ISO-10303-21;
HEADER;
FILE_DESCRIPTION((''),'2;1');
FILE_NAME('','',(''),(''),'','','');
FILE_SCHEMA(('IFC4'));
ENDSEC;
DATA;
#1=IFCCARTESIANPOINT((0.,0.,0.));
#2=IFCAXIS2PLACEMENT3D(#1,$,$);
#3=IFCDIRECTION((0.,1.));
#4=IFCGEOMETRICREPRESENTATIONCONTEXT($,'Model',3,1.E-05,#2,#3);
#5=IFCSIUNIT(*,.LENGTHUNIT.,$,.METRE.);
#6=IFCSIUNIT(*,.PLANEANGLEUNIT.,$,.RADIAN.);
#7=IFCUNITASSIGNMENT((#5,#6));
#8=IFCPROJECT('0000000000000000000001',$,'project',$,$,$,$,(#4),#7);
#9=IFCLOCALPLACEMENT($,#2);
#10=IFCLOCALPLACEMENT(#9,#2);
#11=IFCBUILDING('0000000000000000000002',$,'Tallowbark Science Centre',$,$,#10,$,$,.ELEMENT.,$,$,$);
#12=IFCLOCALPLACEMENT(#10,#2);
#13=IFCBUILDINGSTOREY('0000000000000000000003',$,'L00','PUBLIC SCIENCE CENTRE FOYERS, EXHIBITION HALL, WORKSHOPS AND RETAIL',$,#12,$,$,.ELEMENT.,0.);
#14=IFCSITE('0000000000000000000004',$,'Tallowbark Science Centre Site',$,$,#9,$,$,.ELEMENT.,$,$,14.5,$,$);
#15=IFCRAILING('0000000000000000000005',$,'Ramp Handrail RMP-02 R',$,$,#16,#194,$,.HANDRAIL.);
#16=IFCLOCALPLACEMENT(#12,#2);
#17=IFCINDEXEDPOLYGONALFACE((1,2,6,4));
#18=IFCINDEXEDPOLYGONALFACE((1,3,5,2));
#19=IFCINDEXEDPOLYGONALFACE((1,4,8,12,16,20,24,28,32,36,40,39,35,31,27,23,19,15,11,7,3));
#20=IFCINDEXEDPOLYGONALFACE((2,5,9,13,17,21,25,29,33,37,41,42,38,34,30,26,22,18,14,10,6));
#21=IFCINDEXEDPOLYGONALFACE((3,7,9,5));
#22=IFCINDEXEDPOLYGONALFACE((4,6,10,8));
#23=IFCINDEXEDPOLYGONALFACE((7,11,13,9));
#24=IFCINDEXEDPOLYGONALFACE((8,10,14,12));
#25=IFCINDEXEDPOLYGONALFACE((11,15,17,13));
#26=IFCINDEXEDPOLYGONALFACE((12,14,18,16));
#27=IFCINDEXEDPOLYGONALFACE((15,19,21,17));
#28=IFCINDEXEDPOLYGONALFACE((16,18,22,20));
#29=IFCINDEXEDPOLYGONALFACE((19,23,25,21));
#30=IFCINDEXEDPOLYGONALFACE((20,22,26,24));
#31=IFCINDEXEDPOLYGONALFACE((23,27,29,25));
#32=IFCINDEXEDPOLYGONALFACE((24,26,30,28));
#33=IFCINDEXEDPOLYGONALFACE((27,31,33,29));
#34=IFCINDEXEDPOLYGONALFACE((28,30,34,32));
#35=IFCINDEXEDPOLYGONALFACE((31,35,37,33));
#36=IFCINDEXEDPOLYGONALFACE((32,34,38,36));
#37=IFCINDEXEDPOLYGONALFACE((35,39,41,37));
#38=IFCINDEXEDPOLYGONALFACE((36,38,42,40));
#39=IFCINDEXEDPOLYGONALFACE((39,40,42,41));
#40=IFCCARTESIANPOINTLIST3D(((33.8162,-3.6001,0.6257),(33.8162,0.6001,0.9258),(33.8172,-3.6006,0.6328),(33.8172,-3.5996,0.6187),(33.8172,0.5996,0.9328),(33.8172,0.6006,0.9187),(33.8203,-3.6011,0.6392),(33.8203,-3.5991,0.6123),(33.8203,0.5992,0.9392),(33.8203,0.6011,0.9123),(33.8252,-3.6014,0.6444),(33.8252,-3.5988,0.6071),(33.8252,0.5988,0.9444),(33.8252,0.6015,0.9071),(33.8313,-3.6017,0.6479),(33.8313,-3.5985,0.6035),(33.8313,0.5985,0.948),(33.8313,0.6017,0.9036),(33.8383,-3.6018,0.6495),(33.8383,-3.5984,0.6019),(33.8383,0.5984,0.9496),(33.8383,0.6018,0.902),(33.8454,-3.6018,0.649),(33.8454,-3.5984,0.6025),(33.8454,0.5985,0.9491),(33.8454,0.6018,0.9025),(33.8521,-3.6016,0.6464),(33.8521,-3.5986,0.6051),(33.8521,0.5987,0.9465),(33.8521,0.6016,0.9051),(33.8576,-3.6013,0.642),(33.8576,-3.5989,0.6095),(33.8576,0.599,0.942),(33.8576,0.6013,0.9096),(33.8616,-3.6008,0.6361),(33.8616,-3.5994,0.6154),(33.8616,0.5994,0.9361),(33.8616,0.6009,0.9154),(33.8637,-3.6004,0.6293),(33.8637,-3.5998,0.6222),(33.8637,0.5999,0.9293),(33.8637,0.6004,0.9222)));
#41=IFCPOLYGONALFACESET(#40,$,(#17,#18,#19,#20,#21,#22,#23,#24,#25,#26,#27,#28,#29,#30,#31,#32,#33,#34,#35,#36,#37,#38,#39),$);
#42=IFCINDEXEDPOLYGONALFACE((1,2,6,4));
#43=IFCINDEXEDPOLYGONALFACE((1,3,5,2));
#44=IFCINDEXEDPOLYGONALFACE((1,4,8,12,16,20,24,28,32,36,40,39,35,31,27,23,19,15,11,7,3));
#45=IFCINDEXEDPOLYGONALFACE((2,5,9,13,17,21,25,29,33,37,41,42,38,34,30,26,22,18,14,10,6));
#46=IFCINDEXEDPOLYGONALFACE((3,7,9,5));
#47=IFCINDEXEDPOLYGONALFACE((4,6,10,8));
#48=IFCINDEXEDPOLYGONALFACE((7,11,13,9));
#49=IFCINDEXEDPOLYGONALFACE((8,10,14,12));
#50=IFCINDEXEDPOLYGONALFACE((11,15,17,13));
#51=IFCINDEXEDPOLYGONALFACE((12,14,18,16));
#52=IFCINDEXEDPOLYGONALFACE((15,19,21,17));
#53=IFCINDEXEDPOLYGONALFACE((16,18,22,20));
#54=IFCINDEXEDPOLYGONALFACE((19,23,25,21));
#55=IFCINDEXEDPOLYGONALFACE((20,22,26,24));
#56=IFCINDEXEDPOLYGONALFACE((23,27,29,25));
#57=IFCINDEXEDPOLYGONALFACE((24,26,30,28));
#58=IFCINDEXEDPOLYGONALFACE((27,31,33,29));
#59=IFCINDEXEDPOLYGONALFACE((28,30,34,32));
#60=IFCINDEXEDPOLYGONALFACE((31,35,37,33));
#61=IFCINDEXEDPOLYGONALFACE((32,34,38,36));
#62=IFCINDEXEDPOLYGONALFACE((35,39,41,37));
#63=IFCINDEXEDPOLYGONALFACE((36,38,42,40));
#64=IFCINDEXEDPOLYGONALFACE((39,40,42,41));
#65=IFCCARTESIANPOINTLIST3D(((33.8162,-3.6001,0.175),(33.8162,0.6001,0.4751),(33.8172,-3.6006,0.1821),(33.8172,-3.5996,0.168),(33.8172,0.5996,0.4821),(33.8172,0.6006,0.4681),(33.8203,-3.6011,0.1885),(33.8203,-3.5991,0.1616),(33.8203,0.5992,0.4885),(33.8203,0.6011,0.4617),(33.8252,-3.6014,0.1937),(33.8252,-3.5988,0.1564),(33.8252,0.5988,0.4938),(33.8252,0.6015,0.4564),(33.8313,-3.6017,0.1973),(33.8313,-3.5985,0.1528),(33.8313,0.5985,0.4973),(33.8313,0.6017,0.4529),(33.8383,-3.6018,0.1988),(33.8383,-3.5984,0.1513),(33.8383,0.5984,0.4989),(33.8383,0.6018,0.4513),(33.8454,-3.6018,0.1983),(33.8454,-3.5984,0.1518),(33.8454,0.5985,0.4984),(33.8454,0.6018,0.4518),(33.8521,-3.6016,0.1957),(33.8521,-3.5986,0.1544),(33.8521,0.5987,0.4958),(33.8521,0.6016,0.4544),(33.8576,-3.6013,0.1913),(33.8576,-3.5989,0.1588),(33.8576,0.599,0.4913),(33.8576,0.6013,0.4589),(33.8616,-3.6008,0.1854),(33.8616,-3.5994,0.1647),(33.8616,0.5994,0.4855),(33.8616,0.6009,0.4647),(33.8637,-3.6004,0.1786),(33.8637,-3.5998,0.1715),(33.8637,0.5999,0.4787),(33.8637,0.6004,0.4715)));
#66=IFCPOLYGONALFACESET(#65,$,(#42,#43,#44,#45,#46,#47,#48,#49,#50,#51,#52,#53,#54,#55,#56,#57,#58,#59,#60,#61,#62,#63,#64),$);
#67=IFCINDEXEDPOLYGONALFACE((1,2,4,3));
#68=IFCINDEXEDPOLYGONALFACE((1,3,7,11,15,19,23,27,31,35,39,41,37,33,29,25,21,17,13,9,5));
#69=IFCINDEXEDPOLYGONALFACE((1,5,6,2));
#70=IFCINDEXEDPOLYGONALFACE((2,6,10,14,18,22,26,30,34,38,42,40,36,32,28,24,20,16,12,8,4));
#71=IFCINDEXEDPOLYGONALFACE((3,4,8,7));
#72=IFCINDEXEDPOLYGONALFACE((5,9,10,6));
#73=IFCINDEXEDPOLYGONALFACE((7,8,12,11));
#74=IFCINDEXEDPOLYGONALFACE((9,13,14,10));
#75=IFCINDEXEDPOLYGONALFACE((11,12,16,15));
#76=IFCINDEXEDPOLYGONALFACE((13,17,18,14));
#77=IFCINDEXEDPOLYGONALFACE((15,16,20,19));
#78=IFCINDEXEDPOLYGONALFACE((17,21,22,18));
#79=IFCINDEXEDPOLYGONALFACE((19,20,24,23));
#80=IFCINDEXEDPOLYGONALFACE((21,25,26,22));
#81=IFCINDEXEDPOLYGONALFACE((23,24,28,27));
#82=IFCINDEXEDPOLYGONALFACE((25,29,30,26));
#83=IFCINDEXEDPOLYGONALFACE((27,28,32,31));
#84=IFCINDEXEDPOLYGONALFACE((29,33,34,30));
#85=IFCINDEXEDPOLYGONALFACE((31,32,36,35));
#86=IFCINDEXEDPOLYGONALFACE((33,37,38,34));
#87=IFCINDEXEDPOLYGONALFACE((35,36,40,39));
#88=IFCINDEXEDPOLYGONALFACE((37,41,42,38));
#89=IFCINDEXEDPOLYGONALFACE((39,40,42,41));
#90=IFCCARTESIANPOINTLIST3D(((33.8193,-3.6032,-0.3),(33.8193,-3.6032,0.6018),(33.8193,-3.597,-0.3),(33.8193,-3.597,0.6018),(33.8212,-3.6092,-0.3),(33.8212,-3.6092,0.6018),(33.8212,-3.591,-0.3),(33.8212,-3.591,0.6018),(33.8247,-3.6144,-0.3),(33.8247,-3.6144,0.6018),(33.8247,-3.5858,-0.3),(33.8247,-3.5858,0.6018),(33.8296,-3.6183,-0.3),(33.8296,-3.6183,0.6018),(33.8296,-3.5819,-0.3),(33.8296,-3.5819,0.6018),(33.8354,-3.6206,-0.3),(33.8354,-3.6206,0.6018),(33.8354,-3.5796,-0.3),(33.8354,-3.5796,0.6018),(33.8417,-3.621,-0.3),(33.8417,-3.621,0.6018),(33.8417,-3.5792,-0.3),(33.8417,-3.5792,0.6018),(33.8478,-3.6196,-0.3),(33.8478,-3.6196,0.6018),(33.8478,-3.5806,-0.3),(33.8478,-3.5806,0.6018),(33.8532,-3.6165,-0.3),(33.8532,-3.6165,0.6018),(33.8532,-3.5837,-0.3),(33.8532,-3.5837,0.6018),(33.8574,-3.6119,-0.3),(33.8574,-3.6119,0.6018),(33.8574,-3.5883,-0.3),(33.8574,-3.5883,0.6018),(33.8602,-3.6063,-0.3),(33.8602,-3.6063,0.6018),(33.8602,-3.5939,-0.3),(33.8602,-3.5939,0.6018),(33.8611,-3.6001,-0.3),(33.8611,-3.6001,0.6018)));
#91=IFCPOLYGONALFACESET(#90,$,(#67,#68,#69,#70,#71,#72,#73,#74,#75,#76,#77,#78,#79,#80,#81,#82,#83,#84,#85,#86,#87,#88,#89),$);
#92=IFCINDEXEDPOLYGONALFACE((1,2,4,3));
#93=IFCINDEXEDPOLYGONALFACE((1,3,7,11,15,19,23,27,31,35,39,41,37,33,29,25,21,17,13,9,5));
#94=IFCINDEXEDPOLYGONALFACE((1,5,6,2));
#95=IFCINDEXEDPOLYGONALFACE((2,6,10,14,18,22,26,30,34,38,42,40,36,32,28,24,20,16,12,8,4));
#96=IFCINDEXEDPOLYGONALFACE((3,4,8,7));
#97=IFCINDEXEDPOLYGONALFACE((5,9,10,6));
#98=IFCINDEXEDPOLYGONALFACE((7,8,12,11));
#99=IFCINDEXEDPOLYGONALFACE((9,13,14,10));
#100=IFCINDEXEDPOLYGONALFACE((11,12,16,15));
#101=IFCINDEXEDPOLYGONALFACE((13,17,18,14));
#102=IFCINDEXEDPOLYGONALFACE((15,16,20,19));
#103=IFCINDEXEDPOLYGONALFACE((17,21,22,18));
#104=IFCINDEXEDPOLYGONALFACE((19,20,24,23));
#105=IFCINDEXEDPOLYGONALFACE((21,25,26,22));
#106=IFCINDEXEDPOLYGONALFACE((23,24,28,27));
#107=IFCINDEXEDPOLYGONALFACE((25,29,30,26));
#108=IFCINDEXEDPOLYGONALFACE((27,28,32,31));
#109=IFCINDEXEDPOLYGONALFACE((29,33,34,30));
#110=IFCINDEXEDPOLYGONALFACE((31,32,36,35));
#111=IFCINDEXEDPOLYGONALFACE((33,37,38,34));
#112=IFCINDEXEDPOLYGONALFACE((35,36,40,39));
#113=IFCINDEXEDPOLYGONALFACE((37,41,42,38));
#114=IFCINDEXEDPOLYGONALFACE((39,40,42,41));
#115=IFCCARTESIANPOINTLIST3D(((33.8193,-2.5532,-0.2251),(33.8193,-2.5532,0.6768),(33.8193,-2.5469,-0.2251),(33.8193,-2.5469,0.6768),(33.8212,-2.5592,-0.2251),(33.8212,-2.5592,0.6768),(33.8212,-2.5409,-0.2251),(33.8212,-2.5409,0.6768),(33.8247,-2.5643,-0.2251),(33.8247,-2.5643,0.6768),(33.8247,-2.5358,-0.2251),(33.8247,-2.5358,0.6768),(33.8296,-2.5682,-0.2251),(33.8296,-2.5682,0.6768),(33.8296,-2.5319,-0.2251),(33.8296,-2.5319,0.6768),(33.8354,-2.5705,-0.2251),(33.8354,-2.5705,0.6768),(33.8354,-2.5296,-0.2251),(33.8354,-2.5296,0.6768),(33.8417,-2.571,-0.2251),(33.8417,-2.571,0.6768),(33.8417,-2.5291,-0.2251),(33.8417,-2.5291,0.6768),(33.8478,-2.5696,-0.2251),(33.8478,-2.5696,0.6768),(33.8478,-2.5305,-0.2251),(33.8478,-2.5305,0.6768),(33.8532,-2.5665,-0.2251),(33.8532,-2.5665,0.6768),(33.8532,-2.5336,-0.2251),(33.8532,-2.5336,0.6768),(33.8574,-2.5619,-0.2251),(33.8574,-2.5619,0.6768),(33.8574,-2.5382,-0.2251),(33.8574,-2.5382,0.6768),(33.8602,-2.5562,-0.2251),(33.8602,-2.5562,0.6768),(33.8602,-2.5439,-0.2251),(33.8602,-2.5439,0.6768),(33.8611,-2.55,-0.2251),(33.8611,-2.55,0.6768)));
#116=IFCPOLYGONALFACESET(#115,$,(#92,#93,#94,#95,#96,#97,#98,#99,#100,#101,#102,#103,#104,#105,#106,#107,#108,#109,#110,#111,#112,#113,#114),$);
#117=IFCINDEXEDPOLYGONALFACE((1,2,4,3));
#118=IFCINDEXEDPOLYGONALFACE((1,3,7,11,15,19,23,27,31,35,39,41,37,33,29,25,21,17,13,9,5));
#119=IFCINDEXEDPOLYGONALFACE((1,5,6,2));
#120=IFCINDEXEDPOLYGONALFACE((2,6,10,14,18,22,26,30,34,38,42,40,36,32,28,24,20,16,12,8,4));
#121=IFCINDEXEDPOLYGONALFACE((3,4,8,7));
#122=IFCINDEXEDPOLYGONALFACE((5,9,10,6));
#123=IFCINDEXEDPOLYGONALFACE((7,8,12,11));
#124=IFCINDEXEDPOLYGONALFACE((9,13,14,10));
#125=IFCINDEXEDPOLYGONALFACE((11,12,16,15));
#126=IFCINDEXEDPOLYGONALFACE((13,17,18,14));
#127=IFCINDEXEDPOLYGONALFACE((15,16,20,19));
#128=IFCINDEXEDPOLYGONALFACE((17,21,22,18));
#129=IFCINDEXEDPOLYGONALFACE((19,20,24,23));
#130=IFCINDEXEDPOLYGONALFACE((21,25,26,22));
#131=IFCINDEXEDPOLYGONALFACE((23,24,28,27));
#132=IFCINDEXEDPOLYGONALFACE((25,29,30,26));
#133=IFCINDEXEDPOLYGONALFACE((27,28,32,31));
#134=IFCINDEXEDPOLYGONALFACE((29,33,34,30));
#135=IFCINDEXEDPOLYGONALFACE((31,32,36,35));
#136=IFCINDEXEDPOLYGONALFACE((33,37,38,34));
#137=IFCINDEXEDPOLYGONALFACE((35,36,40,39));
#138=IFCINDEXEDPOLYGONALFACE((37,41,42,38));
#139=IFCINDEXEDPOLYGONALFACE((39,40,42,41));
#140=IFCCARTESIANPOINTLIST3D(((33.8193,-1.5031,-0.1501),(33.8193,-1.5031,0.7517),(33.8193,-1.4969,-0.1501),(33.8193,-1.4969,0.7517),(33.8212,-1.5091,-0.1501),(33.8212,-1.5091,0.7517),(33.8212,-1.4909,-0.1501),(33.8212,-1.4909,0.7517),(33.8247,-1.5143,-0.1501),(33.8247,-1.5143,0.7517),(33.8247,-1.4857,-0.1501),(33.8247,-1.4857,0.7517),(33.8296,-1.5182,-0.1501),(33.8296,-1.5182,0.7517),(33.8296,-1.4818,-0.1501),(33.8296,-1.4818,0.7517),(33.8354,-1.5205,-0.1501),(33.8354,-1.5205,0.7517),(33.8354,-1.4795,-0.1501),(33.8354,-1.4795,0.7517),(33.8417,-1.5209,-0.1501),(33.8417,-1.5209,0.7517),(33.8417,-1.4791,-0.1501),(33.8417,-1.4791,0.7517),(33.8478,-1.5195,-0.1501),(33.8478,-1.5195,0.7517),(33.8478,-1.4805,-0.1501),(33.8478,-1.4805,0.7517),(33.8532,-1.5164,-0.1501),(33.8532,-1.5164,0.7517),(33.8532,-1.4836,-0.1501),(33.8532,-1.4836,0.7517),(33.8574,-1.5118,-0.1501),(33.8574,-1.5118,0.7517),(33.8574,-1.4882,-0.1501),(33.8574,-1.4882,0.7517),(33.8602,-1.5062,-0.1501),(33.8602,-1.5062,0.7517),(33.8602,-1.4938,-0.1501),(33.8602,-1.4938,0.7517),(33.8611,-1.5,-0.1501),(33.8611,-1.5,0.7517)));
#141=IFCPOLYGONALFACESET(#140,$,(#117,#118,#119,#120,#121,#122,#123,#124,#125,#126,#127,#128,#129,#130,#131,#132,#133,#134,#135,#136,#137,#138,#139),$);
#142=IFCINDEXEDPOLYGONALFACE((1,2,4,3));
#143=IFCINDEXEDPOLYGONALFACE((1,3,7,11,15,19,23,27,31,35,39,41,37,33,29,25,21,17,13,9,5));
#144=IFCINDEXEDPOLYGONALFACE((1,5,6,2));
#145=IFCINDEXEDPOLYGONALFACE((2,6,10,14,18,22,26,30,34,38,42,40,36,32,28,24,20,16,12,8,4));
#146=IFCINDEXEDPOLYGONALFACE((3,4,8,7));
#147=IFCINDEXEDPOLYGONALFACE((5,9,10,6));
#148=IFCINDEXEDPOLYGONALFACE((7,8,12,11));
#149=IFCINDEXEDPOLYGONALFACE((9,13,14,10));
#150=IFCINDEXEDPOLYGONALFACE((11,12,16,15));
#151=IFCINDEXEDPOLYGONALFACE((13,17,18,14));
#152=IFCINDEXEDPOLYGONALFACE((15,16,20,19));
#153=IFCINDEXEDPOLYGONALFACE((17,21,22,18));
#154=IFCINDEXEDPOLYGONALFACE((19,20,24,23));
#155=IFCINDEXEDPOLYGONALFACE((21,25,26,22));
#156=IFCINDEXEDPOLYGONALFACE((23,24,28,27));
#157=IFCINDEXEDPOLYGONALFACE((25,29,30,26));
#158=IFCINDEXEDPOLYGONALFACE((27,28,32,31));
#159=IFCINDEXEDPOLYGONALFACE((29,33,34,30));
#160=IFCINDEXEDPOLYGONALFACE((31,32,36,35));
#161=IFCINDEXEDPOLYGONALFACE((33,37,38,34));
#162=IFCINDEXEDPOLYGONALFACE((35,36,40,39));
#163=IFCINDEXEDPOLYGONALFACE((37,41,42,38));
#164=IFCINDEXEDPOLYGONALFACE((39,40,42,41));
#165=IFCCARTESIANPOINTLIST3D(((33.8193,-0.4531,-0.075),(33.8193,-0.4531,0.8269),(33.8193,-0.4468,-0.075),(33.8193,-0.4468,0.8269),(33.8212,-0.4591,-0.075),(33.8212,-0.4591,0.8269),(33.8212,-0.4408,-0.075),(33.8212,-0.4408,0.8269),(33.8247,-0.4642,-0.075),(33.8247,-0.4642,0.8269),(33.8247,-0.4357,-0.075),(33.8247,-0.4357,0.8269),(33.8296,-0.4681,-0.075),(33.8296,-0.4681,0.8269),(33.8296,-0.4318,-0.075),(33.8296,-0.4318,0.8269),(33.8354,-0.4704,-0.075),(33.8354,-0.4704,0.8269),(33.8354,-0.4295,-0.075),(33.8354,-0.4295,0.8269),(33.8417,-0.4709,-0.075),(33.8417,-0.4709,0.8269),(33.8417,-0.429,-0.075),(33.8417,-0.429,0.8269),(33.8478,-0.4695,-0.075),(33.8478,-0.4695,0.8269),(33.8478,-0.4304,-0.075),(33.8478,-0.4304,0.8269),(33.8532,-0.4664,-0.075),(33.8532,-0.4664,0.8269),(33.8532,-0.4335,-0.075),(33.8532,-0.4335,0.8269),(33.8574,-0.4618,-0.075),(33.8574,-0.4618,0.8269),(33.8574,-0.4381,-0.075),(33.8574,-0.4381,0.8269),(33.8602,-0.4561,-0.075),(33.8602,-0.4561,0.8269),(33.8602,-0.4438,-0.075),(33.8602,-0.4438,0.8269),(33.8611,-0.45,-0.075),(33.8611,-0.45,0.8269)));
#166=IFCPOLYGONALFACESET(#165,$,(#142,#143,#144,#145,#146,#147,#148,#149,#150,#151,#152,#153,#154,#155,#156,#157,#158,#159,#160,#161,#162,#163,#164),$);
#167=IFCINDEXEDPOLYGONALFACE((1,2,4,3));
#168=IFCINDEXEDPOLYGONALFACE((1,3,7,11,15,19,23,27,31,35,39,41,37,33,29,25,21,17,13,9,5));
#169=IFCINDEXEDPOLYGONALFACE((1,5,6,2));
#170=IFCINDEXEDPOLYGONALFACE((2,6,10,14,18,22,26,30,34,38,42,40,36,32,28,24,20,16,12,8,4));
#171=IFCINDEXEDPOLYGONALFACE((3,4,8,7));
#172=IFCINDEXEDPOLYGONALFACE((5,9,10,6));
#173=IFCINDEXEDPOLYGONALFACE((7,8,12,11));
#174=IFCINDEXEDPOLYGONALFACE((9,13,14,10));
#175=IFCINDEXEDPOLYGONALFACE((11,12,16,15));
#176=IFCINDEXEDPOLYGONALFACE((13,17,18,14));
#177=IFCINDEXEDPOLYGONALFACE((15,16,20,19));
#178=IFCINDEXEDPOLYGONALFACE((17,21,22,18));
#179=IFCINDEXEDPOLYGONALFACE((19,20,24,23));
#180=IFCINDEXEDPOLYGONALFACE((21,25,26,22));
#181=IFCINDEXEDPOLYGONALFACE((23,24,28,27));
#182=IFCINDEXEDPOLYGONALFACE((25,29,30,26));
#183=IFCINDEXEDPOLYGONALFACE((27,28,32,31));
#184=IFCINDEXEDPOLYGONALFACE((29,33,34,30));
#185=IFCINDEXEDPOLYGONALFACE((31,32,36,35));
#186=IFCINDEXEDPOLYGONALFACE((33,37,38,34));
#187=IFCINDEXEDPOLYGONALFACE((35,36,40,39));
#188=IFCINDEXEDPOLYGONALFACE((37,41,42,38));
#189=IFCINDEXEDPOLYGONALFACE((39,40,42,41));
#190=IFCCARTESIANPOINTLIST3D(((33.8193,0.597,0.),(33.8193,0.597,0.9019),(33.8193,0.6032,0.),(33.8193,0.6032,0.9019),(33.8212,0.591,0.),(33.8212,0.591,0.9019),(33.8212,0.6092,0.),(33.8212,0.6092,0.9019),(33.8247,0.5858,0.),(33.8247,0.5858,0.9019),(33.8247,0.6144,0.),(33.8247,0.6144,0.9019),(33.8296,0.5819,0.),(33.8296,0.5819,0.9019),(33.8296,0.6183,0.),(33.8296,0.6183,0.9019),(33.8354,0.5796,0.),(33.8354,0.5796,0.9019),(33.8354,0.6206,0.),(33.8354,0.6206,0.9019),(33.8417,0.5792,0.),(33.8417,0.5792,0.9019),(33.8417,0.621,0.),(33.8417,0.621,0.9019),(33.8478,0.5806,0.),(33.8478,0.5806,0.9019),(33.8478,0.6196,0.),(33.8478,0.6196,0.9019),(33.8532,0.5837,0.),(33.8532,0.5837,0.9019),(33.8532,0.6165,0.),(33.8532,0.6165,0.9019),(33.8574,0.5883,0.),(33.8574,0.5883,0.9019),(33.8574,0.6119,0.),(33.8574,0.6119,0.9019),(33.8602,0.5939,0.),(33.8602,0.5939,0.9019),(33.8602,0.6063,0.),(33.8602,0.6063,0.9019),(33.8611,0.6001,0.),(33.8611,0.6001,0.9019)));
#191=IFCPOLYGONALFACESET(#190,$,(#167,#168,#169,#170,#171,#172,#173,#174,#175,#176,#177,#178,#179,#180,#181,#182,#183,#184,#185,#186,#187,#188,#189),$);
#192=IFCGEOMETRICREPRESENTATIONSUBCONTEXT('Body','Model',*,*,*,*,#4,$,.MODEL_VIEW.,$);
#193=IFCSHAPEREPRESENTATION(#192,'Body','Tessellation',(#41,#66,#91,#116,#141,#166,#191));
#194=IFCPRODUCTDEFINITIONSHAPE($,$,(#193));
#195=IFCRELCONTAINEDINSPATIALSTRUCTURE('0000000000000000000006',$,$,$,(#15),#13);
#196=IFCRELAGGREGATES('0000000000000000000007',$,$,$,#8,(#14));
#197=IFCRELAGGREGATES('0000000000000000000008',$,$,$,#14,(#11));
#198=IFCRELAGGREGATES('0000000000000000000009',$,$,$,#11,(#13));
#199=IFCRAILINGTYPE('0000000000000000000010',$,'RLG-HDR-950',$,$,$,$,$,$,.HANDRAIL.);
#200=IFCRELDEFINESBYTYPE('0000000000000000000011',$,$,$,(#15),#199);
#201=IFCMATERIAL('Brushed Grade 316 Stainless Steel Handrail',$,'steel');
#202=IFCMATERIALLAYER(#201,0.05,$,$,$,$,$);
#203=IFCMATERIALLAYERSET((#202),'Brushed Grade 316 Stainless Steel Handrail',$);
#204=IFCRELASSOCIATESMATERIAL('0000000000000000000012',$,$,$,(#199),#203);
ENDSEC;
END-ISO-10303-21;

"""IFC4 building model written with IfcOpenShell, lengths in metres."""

from ifc_helpers import new_model, si_unit, direction, frame, origin, origin_2d, place, context, subcontext, project, spatial, circle, extrude, material, layer, layer_set, type_object, element, save


model = new_model("IFC4")

# Units and contexts
model_context = context("Model", 3, precision=1e-05, world=origin(), true_north=direction((0.0, 1.0)))
body_context = subcontext(model_context, "Body", "Model", "MODEL_VIEW")
ifc_project = project(units=[si_unit("LENGTHUNIT", "METRE"), si_unit("PLANEANGLEUNIT", "RADIAN")], contexts=[model_context])

# Site, building, storey
site_placement = place(None, origin())
site = spatial("IfcSite", under=ifc_project, at=site_placement, Name="Tallowbark Science Centre Site", CompositionType="ELEMENT", RefElevation=14.5)
building_placement = place(site_placement, origin())
building = spatial("IfcBuilding", under=site, at=building_placement, Name="Tallowbark Science Centre", CompositionType="ELEMENT")
storey_placement = place(building_placement, origin())
storey = spatial("IfcBuildingStorey", under=building, at=storey_placement, Name="L00", Description="PUBLIC SCIENCE CENTRE FOYERS, EXHIBITION HALL, WORKSHOPS AND RETAIL", CompositionType="ELEMENT", Elevation=0.0)

# Railing
ifc_material_1 = material(Name="Brushed Grade 316 Stainless Steel Handrail", Category="steel")
ifc_layer_1 = layer(ifc_material_1, 0.05)
ifc_layer_set_1 = layer_set([ifc_layer_1], Name="Brushed Grade 316 Stainless Steel Handrail")
railing_type = type_object("IfcRailingType", Name="RLG-HDR-950", PredefinedType="HANDRAIL", material=ifc_layer_set_1)
for number, where, name in (
    (1, (33.8401, -3.6001, -0.3), "Ramp Handrail RMP-02 R"),
):
    element("IfcRailing", number, at=place(storey_placement, frame(where)), inside=storey, type_object=railing_type, Name=name, PredefinedType="HANDRAIL", context=body_context, shape_type="SweptSolid", body=[
        extrude(circle(Radius=0.0239, at=origin_2d()), frame((0.0, 0.0, 0.9258), z_axis=(0.0, 0.997458, 0.071255), x_axis=(-1.0, 0.0, 0.0)), (0.0, 0.0, 1.0), 4.2109),
        extrude(circle(Radius=0.0239, at=origin_2d()), frame((0.0, 0.0, 0.4751), z_axis=(0.0, 0.997458, 0.071255), x_axis=(-1.0, 0.0, 0.0)), (0.0, 0.0, 1.0), 4.2109),
        extrude(circle(Radius=0.021, at=origin_2d()), origin(), (0.0, 0.0, 1.0), 0.9019),
        extrude(circle(Radius=0.021, at=origin_2d()), frame((0.0, 1.05, 0.075)), (0.0, 0.0, 1.0), 0.9019),
        extrude(circle(Radius=0.021, at=origin_2d()), frame((0.0, 2.1001, 0.1499)), (0.0, 0.0, 1.0), 0.9019),
        extrude(circle(Radius=0.021, at=origin_2d()), frame((0.0, 3.1501, 0.2251)), (0.0, 0.0, 1.0), 0.9019),
        extrude(circle(Radius=0.021, at=origin_2d()), frame((0.0, 4.2002, 0.3)), (0.0, 0.0, 1.0), 0.9019),
    ])

save(model, "model.ifc")
